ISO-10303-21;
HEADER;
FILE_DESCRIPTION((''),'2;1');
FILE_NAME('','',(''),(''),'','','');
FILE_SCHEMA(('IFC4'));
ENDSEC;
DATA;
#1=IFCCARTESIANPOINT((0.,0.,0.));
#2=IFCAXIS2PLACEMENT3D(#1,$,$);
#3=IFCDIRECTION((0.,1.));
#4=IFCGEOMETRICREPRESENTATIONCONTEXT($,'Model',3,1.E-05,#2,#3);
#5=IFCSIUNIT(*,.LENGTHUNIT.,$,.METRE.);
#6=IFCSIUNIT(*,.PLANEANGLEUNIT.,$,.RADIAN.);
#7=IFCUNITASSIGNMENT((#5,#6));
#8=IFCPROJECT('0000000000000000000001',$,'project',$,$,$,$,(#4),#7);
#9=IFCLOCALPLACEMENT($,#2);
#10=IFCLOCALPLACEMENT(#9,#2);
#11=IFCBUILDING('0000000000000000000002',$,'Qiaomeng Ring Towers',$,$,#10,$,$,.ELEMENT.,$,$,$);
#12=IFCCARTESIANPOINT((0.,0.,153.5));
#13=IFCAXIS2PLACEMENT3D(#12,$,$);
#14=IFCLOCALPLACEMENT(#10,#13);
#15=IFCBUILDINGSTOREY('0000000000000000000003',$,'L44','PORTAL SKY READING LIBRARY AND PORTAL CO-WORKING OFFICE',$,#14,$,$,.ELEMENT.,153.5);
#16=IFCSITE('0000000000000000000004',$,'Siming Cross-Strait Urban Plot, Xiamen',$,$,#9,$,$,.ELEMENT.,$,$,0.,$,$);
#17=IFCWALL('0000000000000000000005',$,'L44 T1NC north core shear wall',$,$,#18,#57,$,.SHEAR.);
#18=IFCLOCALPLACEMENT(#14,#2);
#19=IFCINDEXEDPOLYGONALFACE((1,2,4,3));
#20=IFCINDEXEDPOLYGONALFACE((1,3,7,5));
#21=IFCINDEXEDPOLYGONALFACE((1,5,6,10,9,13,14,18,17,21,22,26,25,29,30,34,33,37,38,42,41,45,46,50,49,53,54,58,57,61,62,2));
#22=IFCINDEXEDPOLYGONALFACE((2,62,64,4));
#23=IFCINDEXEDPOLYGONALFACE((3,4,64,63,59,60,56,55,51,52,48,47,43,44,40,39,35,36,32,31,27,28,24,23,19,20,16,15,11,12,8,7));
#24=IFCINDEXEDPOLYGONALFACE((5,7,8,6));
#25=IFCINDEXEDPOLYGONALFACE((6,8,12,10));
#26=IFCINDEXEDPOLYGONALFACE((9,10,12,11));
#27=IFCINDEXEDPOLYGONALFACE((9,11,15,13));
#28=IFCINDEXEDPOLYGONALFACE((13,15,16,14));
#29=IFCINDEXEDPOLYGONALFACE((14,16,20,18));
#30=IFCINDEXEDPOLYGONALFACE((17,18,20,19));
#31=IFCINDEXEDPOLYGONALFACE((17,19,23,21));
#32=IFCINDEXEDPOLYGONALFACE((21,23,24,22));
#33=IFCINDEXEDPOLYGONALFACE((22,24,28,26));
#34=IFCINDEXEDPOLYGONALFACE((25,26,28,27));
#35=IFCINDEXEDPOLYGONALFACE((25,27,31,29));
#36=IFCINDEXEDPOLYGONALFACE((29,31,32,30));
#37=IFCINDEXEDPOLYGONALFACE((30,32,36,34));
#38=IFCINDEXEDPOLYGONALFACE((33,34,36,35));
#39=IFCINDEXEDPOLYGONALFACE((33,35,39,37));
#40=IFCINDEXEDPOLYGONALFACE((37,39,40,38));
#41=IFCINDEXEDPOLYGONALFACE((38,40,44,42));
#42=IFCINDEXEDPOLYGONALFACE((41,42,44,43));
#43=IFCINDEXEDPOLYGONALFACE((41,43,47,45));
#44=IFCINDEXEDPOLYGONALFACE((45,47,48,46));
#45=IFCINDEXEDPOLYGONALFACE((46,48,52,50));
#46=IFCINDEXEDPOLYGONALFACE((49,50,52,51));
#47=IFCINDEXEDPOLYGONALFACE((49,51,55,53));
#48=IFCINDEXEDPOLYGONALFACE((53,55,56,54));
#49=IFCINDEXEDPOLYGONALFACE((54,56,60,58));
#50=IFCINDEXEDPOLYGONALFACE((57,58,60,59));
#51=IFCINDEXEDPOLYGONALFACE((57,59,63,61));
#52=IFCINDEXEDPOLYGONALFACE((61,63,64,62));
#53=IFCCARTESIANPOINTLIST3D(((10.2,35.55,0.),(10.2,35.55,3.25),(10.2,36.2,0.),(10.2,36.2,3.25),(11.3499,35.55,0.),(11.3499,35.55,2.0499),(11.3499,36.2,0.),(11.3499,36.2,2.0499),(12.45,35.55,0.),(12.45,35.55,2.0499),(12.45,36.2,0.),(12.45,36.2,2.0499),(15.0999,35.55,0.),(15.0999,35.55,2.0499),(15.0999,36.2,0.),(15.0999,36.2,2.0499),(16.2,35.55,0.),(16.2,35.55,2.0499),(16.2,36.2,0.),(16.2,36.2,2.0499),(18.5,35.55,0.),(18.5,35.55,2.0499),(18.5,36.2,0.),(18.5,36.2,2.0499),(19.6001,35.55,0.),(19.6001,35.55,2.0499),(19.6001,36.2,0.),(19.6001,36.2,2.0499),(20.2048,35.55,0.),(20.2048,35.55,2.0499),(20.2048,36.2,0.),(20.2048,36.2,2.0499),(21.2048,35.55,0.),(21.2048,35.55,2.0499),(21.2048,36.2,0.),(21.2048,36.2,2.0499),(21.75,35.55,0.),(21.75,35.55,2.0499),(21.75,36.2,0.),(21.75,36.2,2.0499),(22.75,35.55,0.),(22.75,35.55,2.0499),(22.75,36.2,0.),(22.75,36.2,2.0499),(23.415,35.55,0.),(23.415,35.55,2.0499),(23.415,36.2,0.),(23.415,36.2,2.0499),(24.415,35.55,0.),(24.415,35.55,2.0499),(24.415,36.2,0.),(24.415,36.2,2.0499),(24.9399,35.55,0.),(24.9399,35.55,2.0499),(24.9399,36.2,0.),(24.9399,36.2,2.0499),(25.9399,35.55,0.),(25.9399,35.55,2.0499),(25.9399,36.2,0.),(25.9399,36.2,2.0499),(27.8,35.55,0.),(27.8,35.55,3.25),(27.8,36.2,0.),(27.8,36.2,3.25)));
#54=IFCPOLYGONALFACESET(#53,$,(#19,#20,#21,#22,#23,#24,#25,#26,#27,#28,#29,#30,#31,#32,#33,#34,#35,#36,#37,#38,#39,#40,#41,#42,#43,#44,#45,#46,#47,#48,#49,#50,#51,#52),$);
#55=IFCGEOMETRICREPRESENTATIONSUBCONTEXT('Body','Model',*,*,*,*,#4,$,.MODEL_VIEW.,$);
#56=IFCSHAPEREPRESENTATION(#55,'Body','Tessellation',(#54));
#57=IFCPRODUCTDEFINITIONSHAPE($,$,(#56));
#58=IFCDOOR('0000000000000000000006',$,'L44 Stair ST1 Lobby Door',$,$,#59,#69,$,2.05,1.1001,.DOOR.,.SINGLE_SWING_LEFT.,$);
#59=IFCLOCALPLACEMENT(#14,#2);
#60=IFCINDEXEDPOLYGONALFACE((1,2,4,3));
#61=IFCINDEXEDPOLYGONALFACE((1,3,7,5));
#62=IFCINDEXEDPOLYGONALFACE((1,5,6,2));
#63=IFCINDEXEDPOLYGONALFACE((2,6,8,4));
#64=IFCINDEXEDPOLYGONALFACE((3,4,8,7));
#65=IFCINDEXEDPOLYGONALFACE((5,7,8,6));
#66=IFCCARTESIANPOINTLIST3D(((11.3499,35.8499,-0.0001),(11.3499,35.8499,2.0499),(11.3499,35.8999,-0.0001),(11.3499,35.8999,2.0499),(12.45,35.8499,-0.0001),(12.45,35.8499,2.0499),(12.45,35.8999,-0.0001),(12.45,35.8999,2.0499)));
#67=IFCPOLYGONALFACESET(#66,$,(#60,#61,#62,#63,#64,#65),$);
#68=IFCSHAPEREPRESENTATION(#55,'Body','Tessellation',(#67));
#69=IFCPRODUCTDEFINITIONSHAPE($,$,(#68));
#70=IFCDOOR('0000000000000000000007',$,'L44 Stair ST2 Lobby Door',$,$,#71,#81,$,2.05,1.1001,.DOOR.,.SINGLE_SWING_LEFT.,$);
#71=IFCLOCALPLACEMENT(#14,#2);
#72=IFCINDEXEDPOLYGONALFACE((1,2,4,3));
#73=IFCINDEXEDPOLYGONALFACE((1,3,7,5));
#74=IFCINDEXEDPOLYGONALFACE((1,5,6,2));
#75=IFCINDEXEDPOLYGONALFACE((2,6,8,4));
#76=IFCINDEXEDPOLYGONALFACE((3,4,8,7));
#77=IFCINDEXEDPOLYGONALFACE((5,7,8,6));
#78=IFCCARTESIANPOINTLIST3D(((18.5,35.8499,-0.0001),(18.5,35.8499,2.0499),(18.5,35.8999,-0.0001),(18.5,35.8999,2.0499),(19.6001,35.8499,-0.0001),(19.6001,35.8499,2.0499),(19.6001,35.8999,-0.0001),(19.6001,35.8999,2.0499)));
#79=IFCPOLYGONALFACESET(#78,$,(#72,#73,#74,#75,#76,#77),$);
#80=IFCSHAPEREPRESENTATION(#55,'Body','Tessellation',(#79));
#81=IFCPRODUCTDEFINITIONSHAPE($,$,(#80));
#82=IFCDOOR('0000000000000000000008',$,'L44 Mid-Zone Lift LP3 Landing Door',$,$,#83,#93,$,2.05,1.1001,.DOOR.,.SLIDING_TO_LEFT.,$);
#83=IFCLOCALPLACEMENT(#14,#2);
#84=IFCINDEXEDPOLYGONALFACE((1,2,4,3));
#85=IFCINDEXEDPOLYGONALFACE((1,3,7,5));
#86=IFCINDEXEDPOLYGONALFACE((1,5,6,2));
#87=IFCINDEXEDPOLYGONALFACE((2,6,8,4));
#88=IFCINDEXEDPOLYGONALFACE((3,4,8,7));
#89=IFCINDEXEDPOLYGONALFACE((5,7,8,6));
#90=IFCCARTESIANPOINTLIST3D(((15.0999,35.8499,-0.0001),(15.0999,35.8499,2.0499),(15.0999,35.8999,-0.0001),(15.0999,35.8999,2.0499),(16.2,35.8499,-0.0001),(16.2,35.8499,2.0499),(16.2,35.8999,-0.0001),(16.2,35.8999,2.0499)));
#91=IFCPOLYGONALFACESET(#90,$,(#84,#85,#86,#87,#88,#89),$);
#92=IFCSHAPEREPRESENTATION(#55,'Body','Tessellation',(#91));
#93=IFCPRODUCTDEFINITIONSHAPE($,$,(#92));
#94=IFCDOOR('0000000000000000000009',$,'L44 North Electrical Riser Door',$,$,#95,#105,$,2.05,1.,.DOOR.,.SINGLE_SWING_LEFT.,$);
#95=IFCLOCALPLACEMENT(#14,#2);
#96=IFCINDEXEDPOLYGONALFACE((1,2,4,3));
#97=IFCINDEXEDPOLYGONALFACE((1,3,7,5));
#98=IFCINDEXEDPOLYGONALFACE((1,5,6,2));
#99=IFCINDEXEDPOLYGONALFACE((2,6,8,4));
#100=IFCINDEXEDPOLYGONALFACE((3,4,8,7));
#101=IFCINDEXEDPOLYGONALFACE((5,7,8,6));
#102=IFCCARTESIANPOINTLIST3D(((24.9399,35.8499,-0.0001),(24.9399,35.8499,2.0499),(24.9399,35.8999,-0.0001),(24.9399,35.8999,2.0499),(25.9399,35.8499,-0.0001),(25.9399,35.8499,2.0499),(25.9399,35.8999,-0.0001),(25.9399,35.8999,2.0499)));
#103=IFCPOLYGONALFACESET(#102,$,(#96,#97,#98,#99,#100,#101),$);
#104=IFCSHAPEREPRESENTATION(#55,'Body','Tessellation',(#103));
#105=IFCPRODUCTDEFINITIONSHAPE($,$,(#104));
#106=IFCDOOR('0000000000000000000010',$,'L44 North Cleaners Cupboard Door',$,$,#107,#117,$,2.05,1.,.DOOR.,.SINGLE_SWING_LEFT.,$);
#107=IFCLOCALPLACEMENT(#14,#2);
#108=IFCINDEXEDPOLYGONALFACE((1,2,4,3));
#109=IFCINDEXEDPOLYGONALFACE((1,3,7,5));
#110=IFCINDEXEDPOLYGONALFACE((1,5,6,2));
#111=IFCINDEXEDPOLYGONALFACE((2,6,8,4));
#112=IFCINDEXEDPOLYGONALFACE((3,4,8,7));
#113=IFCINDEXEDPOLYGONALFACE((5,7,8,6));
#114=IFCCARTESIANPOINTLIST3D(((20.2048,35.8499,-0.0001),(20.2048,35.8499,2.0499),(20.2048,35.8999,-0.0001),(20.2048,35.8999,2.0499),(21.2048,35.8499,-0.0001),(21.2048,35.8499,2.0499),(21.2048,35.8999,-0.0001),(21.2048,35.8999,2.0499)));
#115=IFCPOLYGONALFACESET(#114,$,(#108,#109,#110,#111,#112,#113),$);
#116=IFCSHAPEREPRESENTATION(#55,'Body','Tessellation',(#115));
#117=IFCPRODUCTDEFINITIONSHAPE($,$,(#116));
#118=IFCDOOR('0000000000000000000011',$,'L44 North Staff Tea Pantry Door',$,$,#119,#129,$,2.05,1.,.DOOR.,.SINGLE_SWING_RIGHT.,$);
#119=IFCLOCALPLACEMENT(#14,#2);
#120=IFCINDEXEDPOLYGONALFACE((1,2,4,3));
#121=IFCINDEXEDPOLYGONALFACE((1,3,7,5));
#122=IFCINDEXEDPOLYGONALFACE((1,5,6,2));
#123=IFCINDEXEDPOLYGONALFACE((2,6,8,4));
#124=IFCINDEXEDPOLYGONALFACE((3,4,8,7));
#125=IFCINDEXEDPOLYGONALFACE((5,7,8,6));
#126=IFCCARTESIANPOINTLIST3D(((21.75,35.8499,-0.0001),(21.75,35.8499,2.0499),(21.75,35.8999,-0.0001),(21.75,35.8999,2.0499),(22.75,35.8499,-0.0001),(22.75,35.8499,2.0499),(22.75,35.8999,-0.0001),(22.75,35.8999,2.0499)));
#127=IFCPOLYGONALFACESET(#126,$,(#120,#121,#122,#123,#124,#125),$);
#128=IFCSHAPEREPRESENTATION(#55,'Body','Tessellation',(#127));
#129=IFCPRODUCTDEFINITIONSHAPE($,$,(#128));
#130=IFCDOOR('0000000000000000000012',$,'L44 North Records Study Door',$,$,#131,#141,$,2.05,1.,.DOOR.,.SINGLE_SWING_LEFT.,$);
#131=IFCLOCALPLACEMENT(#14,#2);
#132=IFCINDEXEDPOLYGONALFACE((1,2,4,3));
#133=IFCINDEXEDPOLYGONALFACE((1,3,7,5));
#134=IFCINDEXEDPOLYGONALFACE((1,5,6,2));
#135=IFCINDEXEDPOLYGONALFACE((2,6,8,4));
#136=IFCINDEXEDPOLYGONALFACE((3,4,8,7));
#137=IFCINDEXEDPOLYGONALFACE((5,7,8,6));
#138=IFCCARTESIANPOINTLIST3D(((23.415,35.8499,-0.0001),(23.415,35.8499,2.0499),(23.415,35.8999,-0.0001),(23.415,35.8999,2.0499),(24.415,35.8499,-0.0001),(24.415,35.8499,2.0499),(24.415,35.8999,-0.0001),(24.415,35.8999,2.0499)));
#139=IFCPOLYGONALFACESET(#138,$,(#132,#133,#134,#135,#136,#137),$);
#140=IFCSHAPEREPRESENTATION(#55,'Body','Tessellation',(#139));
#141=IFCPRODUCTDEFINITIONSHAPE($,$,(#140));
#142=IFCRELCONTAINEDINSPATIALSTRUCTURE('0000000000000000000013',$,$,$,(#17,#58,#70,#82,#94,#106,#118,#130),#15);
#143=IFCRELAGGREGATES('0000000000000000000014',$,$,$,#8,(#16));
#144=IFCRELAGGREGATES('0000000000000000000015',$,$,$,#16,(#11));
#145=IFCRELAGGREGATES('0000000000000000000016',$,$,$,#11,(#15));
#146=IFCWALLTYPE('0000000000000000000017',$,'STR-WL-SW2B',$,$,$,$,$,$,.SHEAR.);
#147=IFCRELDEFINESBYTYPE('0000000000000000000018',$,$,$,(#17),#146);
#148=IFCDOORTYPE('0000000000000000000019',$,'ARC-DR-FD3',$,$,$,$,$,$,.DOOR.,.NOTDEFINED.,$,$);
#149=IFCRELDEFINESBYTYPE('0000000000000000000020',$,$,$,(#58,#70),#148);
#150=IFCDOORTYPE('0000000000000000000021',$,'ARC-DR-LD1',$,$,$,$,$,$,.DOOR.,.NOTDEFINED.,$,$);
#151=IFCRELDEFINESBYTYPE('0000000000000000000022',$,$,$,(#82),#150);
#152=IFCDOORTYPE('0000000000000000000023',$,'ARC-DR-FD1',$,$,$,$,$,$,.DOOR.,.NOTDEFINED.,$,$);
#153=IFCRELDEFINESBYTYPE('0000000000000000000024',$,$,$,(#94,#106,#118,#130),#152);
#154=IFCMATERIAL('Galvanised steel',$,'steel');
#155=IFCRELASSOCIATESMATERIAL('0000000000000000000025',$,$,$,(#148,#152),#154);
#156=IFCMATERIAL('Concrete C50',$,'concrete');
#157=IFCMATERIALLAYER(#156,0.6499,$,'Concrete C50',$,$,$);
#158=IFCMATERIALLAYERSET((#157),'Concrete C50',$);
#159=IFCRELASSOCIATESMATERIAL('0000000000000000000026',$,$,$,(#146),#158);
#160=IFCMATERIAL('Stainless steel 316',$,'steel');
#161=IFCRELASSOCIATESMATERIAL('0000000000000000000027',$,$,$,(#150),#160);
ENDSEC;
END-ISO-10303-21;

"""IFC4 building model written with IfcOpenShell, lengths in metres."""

from ifc_helpers import new_model, si_unit, direction, frame, frame_2d, origin, place, context, subcontext, project, spatial, rectangle, extrude, source, transform, mapped, material, layer, layer_set, type_object, element, fill, save


model = new_model("IFC4")

# Units and contexts
model_context = context("Model", 3, precision=1e-05, world=origin(), true_north=direction((0.0, 1.0)))
body_context = subcontext(model_context, "Body", "Model", "MODEL_VIEW")
ifc_project = project(units=[si_unit("LENGTHUNIT", "METRE"), si_unit("PLANEANGLEUNIT", "RADIAN")], contexts=[model_context])

# Site, building, storey
site_placement = place(None, origin())
site = spatial("IfcSite", under=ifc_project, at=site_placement, Name="Siming Cross-Strait Urban Plot, Xiamen", CompositionType="ELEMENT", RefElevation=0.0)
building_placement = place(site_placement, origin())
building = spatial("IfcBuilding", under=site, at=building_placement, Name="Qiaomeng Ring Towers", CompositionType="ELEMENT")
storey_placement = place(building_placement, frame((0.0, 0.0, 153.5)))
storey = spatial("IfcBuildingStorey", under=building, at=storey_placement, Name="L44", Description="PORTAL SKY READING LIBRARY AND PORTAL CO-WORKING OFFICE", CompositionType="ELEMENT", Elevation=153.5)

# Shared definitions
ifc_material_1 = material(Name="Concrete C50", Category="concrete")

# Shared definitions
shared_shape_1 = source(origin(), body_context, "Body", "SweptSolid", [
    extrude(rectangle(XDim=1.0, YDim=2.05, at=frame_2d((0.5, 1.0249))), frame((0.0, 0.0249, 0.0), z_axis=(0.0, -1.0, 0.0), x_axis=(1.0, 0.0, 0.0)), (0.0, 0.0, 1.0), 0.05),
])

# Shared definitions
ifc_material_2 = material(Name="Galvanised steel", Category="steel")
door_type_1 = type_object("IfcDoorType", Name="ARC-DR-FD3", OperationType="NOTDEFINED", PredefinedType="DOOR", material=ifc_material_2)
shared_shape_2 = source(origin(), body_context, "Body", "SweptSolid", [
    extrude(rectangle(XDim=1.1001, YDim=2.05, at=frame_2d((0.55, 1.0249))), frame((0.0, 0.0249, 0.0), z_axis=(0.0, -1.0, 0.0), x_axis=(1.0, 0.0, 0.0)), (0.0, 0.0, 1.0), 0.05),
])

# Wall, openings, doors
ifc_layer_1 = layer(ifc_material_1, 0.6499, Name="Concrete C50")
ifc_layer_set_1 = layer_set([ifc_layer_1], Name="Concrete C50")
wall_type_1 = type_object("IfcWallType", Name="STR-WL-SW2B", PredefinedType="SHEAR", material=ifc_layer_set_1)
wall_1_placement = place(storey_placement, frame((10.2, 35.875, 0.0), z_axis=(0.0, 0.0, 1.0), x_axis=(1.0, 0.0, 0.0)))
wall_1 = element("IfcWall", 1, at=wall_1_placement, inside=storey, type_object=wall_type_1, Name="L44 T1NC north core shear wall", PredefinedType="SHEAR", context=body_context, shape_type="SweptSolid", body=[
    extrude(rectangle(XDim=17.6001, YDim=0.6499, at=frame_2d((8.8, 0.0))), origin(), (0.0, 0.0, 1.0), 3.25),
])
opening_1_placement = place(wall_1_placement, frame((1.1499, 0.0, 0.0)))
opening_1 = element("IfcOpeningElement", 2, at=opening_1_placement, cuts=wall_1, PredefinedType="OPENING", context=body_context, shape_type="SweptSolid", body=[
    extrude(rectangle(XDim=1.1001, YDim=2.05, at=frame_2d((0.55, 1.0249))), frame((0.0, 0.335, 0.0), z_axis=(0.0, -1.0, 0.0), x_axis=(1.0, 0.0, 0.0)), (0.0, 0.0, 1.0), 0.6699),
])
opening_2_placement = place(wall_1_placement, frame((8.3, 0.0, 0.0)))
opening_2 = element("IfcOpeningElement", 3, at=opening_2_placement, cuts=wall_1, PredefinedType="OPENING", context=body_context, shape_type="SweptSolid", body=[
    extrude(rectangle(XDim=1.1001, YDim=2.05, at=frame_2d((0.55, 1.0249))), frame((0.0, 0.335, 0.0), z_axis=(0.0, -1.0, 0.0), x_axis=(1.0, 0.0, 0.0)), (0.0, 0.0, 1.0), 0.6699),
])
opening_3_placement = place(wall_1_placement, frame((4.8999, 0.0, 0.0)))
opening_3 = element("IfcOpeningElement", 4, at=opening_3_placement, cuts=wall_1, PredefinedType="OPENING", context=body_context, shape_type="SweptSolid", body=[
    extrude(rectangle(XDim=1.1001, YDim=2.05, at=frame_2d((0.55, 1.0249))), frame((0.0, 0.335, 0.0), z_axis=(0.0, -1.0, 0.0), x_axis=(1.0, 0.0, 0.0)), (0.0, 0.0, 1.0), 0.6699),
])
opening_4_placement = place(wall_1_placement, frame((14.74, 0.0, 0.0)))
opening_4 = element("IfcOpeningElement", 5, at=opening_4_placement, cuts=wall_1, PredefinedType="OPENING", context=body_context, shape_type="SweptSolid", body=[
    extrude(rectangle(XDim=1.0, YDim=2.05, at=frame_2d((0.5, 1.0249))), frame((0.0, 0.335, 0.0), z_axis=(0.0, -1.0, 0.0), x_axis=(1.0, 0.0, 0.0)), (0.0, 0.0, 1.0), 0.6699),
])
opening_5_placement = place(wall_1_placement, frame((10.0049, 0.0, 0.0)))
opening_5 = element("IfcOpeningElement", 6, at=opening_5_placement, cuts=wall_1, PredefinedType="OPENING", context=body_context, shape_type="SweptSolid", body=[
    extrude(rectangle(XDim=1.0, YDim=2.05, at=frame_2d((0.5, 1.0249))), frame((0.0, 0.335, 0.0), z_axis=(0.0, -1.0, 0.0), x_axis=(1.0, 0.0, 0.0)), (0.0, 0.0, 1.0), 0.6699),
])
opening_6_placement = place(wall_1_placement, frame((11.55, 0.0, 0.0)))
opening_6 = element("IfcOpeningElement", 7, at=opening_6_placement, cuts=wall_1, PredefinedType="OPENING", context=body_context, shape_type="SweptSolid", body=[
    extrude(rectangle(XDim=1.0, YDim=2.05, at=frame_2d((0.5, 1.0249))), frame((0.0, 0.335, 0.0), z_axis=(0.0, -1.0, 0.0), x_axis=(1.0, 0.0, 0.0)), (0.0, 0.0, 1.0), 0.6699),
])
opening_7_placement = place(wall_1_placement, frame((13.2151, 0.0, 0.0)))
opening_7 = element("IfcOpeningElement", 8, at=opening_7_placement, cuts=wall_1, PredefinedType="OPENING", context=body_context, shape_type="SweptSolid", body=[
    extrude(rectangle(XDim=1.0, YDim=2.05, at=frame_2d((0.5, 1.0249))), frame((0.0, 0.335, 0.0), z_axis=(0.0, -1.0, 0.0), x_axis=(1.0, 0.0, 0.0)), (0.0, 0.0, 1.0), 0.6699),
])
door_1_placement = place(opening_1_placement, origin())
door_1 = element("IfcDoor", 9, at=door_1_placement, inside=storey, type_object=door_type_1, Name="L44 Stair ST1 Lobby Door", OperationType="SINGLE_SWING_LEFT", OverallHeight=2.05, OverallWidth=1.1001, PredefinedType="DOOR", context=body_context, shape_type="MappedRepresentation", body=[
    mapped(shared_shape_2, transform((0.0, 0.0, 0.0), x_axis=(1.0, 0.0, 0.0), y_axis=(0.0, 1.0, 0.0), z_axis=(0.0, 0.0, 1.0), scale=1.0)),
])
fill(opening_1, door_1)
door_2_placement = place(opening_2_placement, origin())
door_2 = element("IfcDoor", 10, at=door_2_placement, inside=storey, type_object=door_type_1, Name="L44 Stair ST2 Lobby Door", OperationType="SINGLE_SWING_LEFT", OverallHeight=2.05, OverallWidth=1.1001, PredefinedType="DOOR", context=body_context, shape_type="MappedRepresentation", body=[
    mapped(shared_shape_2, transform((0.0, 0.0, 0.0), x_axis=(1.0, 0.0, 0.0), y_axis=(0.0, 1.0, 0.0), z_axis=(0.0, 0.0, 1.0), scale=1.0)),
])
fill(opening_2, door_2)
ifc_material_3 = material(Name="Stainless steel 316", Category="steel")
door_type_2 = type_object("IfcDoorType", Name="ARC-DR-LD1", OperationType="NOTDEFINED", PredefinedType="DOOR", material=ifc_material_3)
door_3_placement = place(opening_3_placement, origin())
door_3 = element("IfcDoor", 11, at=door_3_placement, inside=storey, type_object=door_type_2, Name="L44 Mid-Zone Lift LP3 Landing Door", OperationType="SLIDING_TO_LEFT", OverallHeight=2.05, OverallWidth=1.1001, PredefinedType="DOOR", context=body_context, shape_type="MappedRepresentation", body=[
    mapped(shared_shape_2, transform((0.0, 0.0, 0.0), x_axis=(1.0, 0.0, 0.0), y_axis=(0.0, 1.0, 0.0), z_axis=(0.0, 0.0, 1.0), scale=1.0)),
])
fill(opening_3, door_3)
door_type_3 = type_object("IfcDoorType", Name="ARC-DR-FD1", OperationType="NOTDEFINED", PredefinedType="DOOR", material=ifc_material_2)
door_4_placement = place(opening_4_placement, origin())
door_4 = element("IfcDoor", 12, at=door_4_placement, inside=storey, type_object=door_type_3, Name="L44 North Electrical Riser Door", OperationType="SINGLE_SWING_LEFT", OverallHeight=2.05, OverallWidth=1.0, PredefinedType="DOOR", context=body_context, shape_type="MappedRepresentation", body=[
    mapped(shared_shape_1, transform((0.0, 0.0, 0.0), x_axis=(1.0, 0.0, 0.0), y_axis=(0.0, 1.0, 0.0), z_axis=(0.0, 0.0, 1.0), scale=1.0)),
])
fill(opening_4, door_4)
door_5_placement = place(opening_5_placement, origin())
door_5 = element("IfcDoor", 13, at=door_5_placement, inside=storey, type_object=door_type_3, Name="L44 North Cleaners Cupboard Door", OperationType="SINGLE_SWING_LEFT", OverallHeight=2.05, OverallWidth=1.0, PredefinedType="DOOR", context=body_context, shape_type="MappedRepresentation", body=[
    mapped(shared_shape_1, transform((0.0, 0.0, 0.0), x_axis=(1.0, 0.0, 0.0), y_axis=(0.0, 1.0, 0.0), z_axis=(0.0, 0.0, 1.0), scale=1.0)),
])
fill(opening_5, door_5)
door_6_placement = place(opening_6_placement, origin())
door_6 = element("IfcDoor", 14, at=door_6_placement, inside=storey, type_object=door_type_3, Name="L44 North Staff Tea Pantry Door", OperationType="SINGLE_SWING_RIGHT", OverallHeight=2.05, OverallWidth=1.0, PredefinedType="DOOR", context=body_context, shape_type="MappedRepresentation", body=[
    mapped(shared_shape_1, transform((0.0, 0.0, 0.0), x_axis=(1.0, 0.0, 0.0), y_axis=(0.0, 1.0, 0.0), z_axis=(0.0, 0.0, 1.0), scale=1.0)),
])
fill(opening_6, door_6)
door_7_placement = place(opening_7_placement, origin())
door_7 = element("IfcDoor", 15, at=door_7_placement, inside=storey, type_object=door_type_3, Name="L44 North Records Study Door", OperationType="SINGLE_SWING_LEFT", OverallHeight=2.05, OverallWidth=1.0, PredefinedType="DOOR", context=body_context, shape_type="MappedRepresentation", body=[
    mapped(shared_shape_1, transform((0.0, 0.0, 0.0), x_axis=(1.0, 0.0, 0.0), y_axis=(0.0, 1.0, 0.0), z_axis=(0.0, 0.0, 1.0), scale=1.0)),
])
fill(opening_7, door_7)

save(model, "model.ifc")
